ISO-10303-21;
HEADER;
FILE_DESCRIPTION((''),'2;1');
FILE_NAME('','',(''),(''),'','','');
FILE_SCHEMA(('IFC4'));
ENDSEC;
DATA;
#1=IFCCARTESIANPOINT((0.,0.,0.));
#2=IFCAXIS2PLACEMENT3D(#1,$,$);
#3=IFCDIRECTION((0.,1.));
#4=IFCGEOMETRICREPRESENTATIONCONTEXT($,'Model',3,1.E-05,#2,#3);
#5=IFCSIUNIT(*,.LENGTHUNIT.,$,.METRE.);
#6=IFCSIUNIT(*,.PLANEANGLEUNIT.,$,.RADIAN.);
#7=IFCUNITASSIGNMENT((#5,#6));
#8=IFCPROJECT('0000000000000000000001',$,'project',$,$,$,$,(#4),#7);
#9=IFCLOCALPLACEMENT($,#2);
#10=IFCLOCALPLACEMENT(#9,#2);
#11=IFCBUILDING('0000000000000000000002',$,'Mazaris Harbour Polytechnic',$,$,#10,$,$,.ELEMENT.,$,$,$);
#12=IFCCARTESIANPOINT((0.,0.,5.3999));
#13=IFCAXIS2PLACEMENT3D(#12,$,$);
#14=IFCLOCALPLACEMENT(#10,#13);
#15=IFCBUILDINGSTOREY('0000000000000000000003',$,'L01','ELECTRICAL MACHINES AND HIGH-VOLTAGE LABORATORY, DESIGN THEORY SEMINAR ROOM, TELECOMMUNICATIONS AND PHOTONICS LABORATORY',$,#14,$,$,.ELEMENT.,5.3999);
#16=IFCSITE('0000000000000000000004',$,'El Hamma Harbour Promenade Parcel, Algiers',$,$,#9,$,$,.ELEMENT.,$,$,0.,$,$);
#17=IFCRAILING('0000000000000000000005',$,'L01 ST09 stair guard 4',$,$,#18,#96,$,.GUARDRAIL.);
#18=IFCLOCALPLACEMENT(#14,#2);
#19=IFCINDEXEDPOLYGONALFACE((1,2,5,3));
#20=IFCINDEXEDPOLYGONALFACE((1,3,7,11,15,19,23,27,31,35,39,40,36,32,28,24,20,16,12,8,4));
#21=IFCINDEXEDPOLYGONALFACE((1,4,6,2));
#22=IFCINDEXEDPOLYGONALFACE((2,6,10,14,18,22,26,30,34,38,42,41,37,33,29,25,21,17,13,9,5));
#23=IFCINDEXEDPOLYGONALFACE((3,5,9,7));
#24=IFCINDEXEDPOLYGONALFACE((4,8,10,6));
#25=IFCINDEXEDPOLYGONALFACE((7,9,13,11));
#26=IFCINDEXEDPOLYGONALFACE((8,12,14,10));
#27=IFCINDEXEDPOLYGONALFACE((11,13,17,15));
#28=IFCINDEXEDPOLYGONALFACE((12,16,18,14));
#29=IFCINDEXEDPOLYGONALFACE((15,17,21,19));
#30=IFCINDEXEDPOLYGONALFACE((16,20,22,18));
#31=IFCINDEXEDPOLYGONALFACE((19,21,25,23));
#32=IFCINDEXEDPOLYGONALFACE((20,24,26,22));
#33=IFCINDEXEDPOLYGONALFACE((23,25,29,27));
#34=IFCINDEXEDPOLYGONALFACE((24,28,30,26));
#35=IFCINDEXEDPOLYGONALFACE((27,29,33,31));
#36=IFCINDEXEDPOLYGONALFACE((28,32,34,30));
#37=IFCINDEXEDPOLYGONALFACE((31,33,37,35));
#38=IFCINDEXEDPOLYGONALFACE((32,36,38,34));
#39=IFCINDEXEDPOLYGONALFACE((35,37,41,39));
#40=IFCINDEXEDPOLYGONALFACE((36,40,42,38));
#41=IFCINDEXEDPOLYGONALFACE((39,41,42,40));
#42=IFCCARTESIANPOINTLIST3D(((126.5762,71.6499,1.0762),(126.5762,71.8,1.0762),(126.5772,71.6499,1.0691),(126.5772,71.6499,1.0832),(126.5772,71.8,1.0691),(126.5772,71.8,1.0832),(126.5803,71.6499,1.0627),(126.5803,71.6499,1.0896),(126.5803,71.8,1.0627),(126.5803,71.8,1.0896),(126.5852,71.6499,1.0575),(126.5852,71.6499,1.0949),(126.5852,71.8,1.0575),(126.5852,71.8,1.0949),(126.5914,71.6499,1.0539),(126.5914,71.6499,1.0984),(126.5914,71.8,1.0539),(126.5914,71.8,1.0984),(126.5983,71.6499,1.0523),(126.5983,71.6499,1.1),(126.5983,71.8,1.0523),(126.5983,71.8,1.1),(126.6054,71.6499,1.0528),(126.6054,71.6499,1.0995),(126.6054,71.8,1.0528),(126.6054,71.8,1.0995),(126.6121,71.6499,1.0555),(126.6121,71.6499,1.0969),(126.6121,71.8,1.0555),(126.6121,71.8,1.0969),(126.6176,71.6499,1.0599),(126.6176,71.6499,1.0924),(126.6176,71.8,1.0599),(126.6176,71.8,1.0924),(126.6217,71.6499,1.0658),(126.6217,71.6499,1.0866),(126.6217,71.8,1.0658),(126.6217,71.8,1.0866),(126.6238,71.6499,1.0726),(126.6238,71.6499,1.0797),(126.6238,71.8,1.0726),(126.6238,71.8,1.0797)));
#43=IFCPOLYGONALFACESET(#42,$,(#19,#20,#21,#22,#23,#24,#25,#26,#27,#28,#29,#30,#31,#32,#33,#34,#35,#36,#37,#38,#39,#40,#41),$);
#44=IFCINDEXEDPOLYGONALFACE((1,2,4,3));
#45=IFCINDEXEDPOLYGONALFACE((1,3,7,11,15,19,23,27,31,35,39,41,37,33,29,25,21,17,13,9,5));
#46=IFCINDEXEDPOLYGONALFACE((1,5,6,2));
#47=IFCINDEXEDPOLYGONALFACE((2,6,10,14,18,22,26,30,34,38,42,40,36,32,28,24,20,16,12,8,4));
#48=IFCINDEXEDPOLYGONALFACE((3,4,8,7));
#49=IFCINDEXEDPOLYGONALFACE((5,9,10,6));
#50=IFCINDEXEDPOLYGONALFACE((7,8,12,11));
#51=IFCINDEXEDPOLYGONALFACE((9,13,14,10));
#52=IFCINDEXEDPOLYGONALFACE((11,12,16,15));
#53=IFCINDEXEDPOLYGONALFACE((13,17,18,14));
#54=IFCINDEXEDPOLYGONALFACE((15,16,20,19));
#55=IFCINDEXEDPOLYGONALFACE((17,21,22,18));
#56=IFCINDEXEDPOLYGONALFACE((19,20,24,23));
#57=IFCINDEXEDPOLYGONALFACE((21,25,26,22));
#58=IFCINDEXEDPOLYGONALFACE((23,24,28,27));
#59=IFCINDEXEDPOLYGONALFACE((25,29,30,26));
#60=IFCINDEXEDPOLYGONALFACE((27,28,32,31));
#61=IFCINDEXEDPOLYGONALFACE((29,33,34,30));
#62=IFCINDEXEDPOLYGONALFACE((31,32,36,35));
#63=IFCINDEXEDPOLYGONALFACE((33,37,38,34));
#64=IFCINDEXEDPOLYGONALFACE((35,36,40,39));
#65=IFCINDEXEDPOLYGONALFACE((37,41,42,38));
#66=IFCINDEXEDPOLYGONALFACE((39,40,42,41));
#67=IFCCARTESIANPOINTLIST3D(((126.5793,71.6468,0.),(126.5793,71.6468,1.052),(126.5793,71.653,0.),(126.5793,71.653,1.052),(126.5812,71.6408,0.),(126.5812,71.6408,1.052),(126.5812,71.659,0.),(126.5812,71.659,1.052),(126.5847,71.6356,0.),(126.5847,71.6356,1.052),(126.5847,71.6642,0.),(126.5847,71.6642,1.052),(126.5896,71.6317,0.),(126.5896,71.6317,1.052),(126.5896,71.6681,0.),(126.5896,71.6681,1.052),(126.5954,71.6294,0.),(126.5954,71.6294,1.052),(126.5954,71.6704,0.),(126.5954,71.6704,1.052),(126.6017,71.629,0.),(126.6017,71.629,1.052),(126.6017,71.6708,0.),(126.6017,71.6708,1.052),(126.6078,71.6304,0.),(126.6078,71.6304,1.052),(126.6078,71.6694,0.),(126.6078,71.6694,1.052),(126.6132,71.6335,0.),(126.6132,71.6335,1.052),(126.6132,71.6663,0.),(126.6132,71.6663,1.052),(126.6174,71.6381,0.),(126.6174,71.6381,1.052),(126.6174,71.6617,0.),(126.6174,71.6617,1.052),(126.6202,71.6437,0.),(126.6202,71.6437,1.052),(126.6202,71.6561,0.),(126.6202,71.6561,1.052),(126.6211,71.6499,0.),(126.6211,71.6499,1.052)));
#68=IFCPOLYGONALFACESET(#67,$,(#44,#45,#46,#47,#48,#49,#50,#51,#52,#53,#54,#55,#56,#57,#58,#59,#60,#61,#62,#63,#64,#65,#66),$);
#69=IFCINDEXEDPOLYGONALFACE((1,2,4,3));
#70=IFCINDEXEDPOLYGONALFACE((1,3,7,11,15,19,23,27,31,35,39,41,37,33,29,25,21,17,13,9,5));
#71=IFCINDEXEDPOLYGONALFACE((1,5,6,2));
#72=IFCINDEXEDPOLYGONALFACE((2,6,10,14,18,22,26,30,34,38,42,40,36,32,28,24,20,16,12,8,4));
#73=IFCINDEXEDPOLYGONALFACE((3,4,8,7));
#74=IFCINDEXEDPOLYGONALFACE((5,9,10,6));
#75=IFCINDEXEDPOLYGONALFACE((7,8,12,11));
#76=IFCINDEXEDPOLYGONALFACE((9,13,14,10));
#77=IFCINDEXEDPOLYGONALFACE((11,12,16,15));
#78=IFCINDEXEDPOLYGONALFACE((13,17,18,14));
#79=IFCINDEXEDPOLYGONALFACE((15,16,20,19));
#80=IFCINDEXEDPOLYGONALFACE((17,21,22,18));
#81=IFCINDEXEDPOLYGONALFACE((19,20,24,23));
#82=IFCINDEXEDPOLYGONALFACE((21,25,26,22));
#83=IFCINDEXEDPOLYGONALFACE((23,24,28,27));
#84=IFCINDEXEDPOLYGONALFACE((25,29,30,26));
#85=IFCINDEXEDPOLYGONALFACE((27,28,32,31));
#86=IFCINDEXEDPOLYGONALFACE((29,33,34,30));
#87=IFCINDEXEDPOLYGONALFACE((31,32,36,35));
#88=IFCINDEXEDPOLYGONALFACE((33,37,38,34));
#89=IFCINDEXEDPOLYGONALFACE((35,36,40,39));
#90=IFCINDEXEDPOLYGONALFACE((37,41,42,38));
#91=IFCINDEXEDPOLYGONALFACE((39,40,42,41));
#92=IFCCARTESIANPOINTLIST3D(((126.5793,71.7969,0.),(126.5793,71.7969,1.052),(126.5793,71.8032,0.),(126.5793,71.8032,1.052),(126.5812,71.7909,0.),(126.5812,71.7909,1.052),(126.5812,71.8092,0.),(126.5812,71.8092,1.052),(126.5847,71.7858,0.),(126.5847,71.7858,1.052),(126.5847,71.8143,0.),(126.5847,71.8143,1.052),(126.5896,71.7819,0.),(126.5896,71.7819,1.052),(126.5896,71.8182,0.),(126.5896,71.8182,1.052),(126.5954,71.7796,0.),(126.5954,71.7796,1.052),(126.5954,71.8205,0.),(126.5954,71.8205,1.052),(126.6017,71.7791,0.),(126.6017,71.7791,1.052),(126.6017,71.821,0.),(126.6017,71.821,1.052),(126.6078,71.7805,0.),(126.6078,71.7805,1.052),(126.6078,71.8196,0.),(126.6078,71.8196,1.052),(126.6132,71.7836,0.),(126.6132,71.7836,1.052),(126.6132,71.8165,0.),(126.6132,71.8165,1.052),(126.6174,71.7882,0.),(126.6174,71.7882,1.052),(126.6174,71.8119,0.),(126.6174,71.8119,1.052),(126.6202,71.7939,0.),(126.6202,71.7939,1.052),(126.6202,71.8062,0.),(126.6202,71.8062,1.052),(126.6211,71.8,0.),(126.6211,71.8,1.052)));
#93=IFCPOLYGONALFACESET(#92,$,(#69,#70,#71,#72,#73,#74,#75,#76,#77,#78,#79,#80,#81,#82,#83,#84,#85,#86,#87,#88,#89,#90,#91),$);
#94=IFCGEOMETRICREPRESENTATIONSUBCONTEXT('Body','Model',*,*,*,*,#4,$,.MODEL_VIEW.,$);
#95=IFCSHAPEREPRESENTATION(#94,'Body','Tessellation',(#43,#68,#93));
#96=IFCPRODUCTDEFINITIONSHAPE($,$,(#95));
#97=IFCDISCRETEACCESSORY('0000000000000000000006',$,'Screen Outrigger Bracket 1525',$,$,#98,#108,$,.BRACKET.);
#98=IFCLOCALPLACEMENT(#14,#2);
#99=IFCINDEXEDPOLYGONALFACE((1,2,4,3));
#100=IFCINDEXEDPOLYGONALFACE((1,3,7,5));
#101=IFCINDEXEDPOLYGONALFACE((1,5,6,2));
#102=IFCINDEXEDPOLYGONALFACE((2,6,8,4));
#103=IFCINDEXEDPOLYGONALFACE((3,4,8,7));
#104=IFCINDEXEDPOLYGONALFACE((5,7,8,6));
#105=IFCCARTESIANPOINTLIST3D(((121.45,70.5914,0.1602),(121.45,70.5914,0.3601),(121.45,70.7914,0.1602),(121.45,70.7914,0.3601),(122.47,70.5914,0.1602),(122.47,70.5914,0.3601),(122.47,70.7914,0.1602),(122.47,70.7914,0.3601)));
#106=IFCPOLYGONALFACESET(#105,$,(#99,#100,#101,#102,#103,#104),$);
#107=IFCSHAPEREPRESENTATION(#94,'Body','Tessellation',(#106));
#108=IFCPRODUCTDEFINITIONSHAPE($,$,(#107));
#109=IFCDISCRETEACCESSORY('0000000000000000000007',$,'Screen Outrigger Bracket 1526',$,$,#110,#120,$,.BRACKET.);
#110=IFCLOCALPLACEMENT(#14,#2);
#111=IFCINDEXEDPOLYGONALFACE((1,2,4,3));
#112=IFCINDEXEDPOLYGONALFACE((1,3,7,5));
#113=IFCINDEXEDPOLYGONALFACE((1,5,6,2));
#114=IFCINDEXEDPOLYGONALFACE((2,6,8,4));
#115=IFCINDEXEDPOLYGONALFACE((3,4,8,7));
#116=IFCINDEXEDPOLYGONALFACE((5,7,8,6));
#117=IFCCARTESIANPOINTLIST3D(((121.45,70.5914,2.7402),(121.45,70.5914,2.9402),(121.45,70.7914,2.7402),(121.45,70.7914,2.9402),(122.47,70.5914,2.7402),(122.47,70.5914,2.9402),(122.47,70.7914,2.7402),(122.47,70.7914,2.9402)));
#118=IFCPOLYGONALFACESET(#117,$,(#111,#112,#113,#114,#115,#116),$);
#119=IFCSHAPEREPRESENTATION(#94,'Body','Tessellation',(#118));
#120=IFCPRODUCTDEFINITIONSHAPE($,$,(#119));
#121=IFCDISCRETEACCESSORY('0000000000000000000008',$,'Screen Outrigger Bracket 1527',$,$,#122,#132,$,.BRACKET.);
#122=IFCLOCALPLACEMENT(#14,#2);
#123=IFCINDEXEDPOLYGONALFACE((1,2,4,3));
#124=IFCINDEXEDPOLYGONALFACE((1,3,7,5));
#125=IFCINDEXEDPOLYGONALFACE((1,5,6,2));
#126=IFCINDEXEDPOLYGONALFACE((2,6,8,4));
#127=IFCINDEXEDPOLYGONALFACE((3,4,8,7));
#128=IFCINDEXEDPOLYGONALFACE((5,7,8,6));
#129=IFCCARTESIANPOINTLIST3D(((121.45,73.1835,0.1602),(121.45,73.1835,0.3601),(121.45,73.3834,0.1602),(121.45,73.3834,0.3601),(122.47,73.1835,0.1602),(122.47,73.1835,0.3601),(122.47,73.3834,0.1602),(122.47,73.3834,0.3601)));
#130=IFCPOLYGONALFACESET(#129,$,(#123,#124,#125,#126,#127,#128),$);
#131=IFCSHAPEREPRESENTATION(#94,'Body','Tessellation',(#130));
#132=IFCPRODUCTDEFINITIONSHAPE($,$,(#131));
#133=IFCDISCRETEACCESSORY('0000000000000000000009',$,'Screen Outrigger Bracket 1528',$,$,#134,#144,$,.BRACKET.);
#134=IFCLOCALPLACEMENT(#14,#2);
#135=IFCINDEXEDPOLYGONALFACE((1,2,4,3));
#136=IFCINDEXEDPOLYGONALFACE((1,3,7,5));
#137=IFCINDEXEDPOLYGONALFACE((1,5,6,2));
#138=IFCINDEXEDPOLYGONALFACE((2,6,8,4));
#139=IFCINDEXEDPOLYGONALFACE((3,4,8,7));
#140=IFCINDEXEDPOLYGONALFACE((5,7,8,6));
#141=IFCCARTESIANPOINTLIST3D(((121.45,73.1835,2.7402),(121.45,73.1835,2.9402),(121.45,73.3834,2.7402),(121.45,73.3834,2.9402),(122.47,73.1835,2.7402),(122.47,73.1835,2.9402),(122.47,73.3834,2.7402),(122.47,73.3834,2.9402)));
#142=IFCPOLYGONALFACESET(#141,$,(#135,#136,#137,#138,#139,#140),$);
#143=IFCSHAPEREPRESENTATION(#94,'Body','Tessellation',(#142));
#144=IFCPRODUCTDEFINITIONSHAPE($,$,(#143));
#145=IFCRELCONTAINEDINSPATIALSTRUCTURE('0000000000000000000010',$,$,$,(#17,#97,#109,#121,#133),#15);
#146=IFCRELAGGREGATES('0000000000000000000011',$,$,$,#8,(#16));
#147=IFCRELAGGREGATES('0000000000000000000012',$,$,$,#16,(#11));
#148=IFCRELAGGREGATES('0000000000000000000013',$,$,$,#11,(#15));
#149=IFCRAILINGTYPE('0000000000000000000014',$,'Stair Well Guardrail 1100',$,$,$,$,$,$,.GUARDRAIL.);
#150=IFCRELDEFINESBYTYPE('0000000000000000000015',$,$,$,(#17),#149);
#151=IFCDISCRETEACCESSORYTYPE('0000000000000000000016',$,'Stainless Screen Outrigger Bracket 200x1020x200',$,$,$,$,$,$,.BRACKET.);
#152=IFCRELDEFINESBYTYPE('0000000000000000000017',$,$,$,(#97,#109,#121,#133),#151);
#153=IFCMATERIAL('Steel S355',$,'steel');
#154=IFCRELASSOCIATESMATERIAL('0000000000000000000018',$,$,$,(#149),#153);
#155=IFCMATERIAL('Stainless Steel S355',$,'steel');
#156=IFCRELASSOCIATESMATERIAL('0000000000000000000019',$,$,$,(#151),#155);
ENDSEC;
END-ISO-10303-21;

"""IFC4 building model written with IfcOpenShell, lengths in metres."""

from ifc_helpers import new_model, si_unit, direction, frame, origin, origin_2d, place, context, subcontext, project, spatial, rectangle, circle, extrude, material, type_object, element, save


model = new_model("IFC4")

# Units and contexts
model_context = context("Model", 3, precision=1e-05, world=origin(), true_north=direction((0.0, 1.0)))
body_context = subcontext(model_context, "Body", "Model", "MODEL_VIEW")
ifc_project = project(units=[si_unit("LENGTHUNIT", "METRE"), si_unit("PLANEANGLEUNIT", "RADIAN")], contexts=[model_context])

# Site, building, storey
site_placement = place(None, origin())
site = spatial("IfcSite", under=ifc_project, at=site_placement, Name="El Hamma Harbour Promenade Parcel, Algiers", CompositionType="ELEMENT", RefElevation=0.0)
building_placement = place(site_placement, origin())
building = spatial("IfcBuilding", under=site, at=building_placement, Name="Mazaris Harbour Polytechnic", CompositionType="ELEMENT")
storey_placement = place(building_placement, frame((0.0, 0.0, 5.3999)))
storey = spatial("IfcBuildingStorey", under=building, at=storey_placement, Name="L01", Description="ELECTRICAL MACHINES AND HIGH-VOLTAGE LABORATORY, DESIGN THEORY SEMINAR ROOM, TELECOMMUNICATIONS AND PHOTONICS LABORATORY", CompositionType="ELEMENT", Elevation=5.3999)

# Railing
ifc_material_1 = material(Name="Steel S355", Category="steel")
railing_type_1 = type_object("IfcRailingType", Name="Stair Well Guardrail 1100", PredefinedType="GUARDRAIL", material=ifc_material_1)
railing_1_placement = place(storey_placement, frame((126.6001, 71.6499, 0.0)))
element("IfcRailing", 1, at=railing_1_placement, inside=storey, type_object=railing_type_1, Name="L01 ST09 stair guard 4", PredefinedType="GUARDRAIL", context=body_context, shape_type="SweptSolid", body=[
    extrude(circle(Radius=0.0239, at=origin_2d()), frame((0.0, 0.0, 1.0762), z_axis=(0.0, 1.0, 0.0), x_axis=(-1.0, 0.0, 0.0)), (0.0, 0.0, 1.0), 0.1501),
    extrude(circle(Radius=0.021, at=origin_2d()), origin(), (0.0, 0.0, 1.0), 1.052),
    extrude(circle(Radius=0.021, at=origin_2d()), frame((0.0, 0.1501, 0.0)), (0.0, 0.0, 1.0), 1.052),
])

# Discrete accessories
ifc_material_2 = material(Name="Stainless Steel S355", Category="steel")
discrete_accessory_type = type_object("IfcDiscreteAccessoryType", Name="Stainless Screen Outrigger Bracket 200x1020x200", PredefinedType="BRACKET", material=ifc_material_2)
for number, where, z_axis, x_axis, name in (
    (2, (121.96, 70.6914, 0.1602), (0.0, 0.0, 1.0), (0.0, 1.0, 0.0), "Screen Outrigger Bracket 1525"),
    (3, (121.96, 70.6914, 2.7402), (0.0, 0.0, 1.0), (0.0, 1.0, 0.0), "Screen Outrigger Bracket 1526"),
    (4, (121.96, 73.2834, 0.1602), (0.0, 0.0, 1.0), (0.0, 1.0, 0.0), "Screen Outrigger Bracket 1527"),
    (5, (121.96, 73.2834, 2.7402), (0.0, 0.0, 1.0), (0.0, 1.0, 0.0), "Screen Outrigger Bracket 1528"),
):
    element("IfcDiscreteAccessory", number, at=place(storey_placement, frame(where, z_axis=z_axis, x_axis=x_axis)), inside=storey, type_object=discrete_accessory_type, Name=name, PredefinedType="BRACKET", context=body_context, shape_type="SweptSolid", body=[
        extrude(rectangle(XDim=0.2, YDim=1.02, at=origin_2d()), origin(), (0.0, 0.0, 1.0), 0.2),
    ])

save(model, "model.ifc")
